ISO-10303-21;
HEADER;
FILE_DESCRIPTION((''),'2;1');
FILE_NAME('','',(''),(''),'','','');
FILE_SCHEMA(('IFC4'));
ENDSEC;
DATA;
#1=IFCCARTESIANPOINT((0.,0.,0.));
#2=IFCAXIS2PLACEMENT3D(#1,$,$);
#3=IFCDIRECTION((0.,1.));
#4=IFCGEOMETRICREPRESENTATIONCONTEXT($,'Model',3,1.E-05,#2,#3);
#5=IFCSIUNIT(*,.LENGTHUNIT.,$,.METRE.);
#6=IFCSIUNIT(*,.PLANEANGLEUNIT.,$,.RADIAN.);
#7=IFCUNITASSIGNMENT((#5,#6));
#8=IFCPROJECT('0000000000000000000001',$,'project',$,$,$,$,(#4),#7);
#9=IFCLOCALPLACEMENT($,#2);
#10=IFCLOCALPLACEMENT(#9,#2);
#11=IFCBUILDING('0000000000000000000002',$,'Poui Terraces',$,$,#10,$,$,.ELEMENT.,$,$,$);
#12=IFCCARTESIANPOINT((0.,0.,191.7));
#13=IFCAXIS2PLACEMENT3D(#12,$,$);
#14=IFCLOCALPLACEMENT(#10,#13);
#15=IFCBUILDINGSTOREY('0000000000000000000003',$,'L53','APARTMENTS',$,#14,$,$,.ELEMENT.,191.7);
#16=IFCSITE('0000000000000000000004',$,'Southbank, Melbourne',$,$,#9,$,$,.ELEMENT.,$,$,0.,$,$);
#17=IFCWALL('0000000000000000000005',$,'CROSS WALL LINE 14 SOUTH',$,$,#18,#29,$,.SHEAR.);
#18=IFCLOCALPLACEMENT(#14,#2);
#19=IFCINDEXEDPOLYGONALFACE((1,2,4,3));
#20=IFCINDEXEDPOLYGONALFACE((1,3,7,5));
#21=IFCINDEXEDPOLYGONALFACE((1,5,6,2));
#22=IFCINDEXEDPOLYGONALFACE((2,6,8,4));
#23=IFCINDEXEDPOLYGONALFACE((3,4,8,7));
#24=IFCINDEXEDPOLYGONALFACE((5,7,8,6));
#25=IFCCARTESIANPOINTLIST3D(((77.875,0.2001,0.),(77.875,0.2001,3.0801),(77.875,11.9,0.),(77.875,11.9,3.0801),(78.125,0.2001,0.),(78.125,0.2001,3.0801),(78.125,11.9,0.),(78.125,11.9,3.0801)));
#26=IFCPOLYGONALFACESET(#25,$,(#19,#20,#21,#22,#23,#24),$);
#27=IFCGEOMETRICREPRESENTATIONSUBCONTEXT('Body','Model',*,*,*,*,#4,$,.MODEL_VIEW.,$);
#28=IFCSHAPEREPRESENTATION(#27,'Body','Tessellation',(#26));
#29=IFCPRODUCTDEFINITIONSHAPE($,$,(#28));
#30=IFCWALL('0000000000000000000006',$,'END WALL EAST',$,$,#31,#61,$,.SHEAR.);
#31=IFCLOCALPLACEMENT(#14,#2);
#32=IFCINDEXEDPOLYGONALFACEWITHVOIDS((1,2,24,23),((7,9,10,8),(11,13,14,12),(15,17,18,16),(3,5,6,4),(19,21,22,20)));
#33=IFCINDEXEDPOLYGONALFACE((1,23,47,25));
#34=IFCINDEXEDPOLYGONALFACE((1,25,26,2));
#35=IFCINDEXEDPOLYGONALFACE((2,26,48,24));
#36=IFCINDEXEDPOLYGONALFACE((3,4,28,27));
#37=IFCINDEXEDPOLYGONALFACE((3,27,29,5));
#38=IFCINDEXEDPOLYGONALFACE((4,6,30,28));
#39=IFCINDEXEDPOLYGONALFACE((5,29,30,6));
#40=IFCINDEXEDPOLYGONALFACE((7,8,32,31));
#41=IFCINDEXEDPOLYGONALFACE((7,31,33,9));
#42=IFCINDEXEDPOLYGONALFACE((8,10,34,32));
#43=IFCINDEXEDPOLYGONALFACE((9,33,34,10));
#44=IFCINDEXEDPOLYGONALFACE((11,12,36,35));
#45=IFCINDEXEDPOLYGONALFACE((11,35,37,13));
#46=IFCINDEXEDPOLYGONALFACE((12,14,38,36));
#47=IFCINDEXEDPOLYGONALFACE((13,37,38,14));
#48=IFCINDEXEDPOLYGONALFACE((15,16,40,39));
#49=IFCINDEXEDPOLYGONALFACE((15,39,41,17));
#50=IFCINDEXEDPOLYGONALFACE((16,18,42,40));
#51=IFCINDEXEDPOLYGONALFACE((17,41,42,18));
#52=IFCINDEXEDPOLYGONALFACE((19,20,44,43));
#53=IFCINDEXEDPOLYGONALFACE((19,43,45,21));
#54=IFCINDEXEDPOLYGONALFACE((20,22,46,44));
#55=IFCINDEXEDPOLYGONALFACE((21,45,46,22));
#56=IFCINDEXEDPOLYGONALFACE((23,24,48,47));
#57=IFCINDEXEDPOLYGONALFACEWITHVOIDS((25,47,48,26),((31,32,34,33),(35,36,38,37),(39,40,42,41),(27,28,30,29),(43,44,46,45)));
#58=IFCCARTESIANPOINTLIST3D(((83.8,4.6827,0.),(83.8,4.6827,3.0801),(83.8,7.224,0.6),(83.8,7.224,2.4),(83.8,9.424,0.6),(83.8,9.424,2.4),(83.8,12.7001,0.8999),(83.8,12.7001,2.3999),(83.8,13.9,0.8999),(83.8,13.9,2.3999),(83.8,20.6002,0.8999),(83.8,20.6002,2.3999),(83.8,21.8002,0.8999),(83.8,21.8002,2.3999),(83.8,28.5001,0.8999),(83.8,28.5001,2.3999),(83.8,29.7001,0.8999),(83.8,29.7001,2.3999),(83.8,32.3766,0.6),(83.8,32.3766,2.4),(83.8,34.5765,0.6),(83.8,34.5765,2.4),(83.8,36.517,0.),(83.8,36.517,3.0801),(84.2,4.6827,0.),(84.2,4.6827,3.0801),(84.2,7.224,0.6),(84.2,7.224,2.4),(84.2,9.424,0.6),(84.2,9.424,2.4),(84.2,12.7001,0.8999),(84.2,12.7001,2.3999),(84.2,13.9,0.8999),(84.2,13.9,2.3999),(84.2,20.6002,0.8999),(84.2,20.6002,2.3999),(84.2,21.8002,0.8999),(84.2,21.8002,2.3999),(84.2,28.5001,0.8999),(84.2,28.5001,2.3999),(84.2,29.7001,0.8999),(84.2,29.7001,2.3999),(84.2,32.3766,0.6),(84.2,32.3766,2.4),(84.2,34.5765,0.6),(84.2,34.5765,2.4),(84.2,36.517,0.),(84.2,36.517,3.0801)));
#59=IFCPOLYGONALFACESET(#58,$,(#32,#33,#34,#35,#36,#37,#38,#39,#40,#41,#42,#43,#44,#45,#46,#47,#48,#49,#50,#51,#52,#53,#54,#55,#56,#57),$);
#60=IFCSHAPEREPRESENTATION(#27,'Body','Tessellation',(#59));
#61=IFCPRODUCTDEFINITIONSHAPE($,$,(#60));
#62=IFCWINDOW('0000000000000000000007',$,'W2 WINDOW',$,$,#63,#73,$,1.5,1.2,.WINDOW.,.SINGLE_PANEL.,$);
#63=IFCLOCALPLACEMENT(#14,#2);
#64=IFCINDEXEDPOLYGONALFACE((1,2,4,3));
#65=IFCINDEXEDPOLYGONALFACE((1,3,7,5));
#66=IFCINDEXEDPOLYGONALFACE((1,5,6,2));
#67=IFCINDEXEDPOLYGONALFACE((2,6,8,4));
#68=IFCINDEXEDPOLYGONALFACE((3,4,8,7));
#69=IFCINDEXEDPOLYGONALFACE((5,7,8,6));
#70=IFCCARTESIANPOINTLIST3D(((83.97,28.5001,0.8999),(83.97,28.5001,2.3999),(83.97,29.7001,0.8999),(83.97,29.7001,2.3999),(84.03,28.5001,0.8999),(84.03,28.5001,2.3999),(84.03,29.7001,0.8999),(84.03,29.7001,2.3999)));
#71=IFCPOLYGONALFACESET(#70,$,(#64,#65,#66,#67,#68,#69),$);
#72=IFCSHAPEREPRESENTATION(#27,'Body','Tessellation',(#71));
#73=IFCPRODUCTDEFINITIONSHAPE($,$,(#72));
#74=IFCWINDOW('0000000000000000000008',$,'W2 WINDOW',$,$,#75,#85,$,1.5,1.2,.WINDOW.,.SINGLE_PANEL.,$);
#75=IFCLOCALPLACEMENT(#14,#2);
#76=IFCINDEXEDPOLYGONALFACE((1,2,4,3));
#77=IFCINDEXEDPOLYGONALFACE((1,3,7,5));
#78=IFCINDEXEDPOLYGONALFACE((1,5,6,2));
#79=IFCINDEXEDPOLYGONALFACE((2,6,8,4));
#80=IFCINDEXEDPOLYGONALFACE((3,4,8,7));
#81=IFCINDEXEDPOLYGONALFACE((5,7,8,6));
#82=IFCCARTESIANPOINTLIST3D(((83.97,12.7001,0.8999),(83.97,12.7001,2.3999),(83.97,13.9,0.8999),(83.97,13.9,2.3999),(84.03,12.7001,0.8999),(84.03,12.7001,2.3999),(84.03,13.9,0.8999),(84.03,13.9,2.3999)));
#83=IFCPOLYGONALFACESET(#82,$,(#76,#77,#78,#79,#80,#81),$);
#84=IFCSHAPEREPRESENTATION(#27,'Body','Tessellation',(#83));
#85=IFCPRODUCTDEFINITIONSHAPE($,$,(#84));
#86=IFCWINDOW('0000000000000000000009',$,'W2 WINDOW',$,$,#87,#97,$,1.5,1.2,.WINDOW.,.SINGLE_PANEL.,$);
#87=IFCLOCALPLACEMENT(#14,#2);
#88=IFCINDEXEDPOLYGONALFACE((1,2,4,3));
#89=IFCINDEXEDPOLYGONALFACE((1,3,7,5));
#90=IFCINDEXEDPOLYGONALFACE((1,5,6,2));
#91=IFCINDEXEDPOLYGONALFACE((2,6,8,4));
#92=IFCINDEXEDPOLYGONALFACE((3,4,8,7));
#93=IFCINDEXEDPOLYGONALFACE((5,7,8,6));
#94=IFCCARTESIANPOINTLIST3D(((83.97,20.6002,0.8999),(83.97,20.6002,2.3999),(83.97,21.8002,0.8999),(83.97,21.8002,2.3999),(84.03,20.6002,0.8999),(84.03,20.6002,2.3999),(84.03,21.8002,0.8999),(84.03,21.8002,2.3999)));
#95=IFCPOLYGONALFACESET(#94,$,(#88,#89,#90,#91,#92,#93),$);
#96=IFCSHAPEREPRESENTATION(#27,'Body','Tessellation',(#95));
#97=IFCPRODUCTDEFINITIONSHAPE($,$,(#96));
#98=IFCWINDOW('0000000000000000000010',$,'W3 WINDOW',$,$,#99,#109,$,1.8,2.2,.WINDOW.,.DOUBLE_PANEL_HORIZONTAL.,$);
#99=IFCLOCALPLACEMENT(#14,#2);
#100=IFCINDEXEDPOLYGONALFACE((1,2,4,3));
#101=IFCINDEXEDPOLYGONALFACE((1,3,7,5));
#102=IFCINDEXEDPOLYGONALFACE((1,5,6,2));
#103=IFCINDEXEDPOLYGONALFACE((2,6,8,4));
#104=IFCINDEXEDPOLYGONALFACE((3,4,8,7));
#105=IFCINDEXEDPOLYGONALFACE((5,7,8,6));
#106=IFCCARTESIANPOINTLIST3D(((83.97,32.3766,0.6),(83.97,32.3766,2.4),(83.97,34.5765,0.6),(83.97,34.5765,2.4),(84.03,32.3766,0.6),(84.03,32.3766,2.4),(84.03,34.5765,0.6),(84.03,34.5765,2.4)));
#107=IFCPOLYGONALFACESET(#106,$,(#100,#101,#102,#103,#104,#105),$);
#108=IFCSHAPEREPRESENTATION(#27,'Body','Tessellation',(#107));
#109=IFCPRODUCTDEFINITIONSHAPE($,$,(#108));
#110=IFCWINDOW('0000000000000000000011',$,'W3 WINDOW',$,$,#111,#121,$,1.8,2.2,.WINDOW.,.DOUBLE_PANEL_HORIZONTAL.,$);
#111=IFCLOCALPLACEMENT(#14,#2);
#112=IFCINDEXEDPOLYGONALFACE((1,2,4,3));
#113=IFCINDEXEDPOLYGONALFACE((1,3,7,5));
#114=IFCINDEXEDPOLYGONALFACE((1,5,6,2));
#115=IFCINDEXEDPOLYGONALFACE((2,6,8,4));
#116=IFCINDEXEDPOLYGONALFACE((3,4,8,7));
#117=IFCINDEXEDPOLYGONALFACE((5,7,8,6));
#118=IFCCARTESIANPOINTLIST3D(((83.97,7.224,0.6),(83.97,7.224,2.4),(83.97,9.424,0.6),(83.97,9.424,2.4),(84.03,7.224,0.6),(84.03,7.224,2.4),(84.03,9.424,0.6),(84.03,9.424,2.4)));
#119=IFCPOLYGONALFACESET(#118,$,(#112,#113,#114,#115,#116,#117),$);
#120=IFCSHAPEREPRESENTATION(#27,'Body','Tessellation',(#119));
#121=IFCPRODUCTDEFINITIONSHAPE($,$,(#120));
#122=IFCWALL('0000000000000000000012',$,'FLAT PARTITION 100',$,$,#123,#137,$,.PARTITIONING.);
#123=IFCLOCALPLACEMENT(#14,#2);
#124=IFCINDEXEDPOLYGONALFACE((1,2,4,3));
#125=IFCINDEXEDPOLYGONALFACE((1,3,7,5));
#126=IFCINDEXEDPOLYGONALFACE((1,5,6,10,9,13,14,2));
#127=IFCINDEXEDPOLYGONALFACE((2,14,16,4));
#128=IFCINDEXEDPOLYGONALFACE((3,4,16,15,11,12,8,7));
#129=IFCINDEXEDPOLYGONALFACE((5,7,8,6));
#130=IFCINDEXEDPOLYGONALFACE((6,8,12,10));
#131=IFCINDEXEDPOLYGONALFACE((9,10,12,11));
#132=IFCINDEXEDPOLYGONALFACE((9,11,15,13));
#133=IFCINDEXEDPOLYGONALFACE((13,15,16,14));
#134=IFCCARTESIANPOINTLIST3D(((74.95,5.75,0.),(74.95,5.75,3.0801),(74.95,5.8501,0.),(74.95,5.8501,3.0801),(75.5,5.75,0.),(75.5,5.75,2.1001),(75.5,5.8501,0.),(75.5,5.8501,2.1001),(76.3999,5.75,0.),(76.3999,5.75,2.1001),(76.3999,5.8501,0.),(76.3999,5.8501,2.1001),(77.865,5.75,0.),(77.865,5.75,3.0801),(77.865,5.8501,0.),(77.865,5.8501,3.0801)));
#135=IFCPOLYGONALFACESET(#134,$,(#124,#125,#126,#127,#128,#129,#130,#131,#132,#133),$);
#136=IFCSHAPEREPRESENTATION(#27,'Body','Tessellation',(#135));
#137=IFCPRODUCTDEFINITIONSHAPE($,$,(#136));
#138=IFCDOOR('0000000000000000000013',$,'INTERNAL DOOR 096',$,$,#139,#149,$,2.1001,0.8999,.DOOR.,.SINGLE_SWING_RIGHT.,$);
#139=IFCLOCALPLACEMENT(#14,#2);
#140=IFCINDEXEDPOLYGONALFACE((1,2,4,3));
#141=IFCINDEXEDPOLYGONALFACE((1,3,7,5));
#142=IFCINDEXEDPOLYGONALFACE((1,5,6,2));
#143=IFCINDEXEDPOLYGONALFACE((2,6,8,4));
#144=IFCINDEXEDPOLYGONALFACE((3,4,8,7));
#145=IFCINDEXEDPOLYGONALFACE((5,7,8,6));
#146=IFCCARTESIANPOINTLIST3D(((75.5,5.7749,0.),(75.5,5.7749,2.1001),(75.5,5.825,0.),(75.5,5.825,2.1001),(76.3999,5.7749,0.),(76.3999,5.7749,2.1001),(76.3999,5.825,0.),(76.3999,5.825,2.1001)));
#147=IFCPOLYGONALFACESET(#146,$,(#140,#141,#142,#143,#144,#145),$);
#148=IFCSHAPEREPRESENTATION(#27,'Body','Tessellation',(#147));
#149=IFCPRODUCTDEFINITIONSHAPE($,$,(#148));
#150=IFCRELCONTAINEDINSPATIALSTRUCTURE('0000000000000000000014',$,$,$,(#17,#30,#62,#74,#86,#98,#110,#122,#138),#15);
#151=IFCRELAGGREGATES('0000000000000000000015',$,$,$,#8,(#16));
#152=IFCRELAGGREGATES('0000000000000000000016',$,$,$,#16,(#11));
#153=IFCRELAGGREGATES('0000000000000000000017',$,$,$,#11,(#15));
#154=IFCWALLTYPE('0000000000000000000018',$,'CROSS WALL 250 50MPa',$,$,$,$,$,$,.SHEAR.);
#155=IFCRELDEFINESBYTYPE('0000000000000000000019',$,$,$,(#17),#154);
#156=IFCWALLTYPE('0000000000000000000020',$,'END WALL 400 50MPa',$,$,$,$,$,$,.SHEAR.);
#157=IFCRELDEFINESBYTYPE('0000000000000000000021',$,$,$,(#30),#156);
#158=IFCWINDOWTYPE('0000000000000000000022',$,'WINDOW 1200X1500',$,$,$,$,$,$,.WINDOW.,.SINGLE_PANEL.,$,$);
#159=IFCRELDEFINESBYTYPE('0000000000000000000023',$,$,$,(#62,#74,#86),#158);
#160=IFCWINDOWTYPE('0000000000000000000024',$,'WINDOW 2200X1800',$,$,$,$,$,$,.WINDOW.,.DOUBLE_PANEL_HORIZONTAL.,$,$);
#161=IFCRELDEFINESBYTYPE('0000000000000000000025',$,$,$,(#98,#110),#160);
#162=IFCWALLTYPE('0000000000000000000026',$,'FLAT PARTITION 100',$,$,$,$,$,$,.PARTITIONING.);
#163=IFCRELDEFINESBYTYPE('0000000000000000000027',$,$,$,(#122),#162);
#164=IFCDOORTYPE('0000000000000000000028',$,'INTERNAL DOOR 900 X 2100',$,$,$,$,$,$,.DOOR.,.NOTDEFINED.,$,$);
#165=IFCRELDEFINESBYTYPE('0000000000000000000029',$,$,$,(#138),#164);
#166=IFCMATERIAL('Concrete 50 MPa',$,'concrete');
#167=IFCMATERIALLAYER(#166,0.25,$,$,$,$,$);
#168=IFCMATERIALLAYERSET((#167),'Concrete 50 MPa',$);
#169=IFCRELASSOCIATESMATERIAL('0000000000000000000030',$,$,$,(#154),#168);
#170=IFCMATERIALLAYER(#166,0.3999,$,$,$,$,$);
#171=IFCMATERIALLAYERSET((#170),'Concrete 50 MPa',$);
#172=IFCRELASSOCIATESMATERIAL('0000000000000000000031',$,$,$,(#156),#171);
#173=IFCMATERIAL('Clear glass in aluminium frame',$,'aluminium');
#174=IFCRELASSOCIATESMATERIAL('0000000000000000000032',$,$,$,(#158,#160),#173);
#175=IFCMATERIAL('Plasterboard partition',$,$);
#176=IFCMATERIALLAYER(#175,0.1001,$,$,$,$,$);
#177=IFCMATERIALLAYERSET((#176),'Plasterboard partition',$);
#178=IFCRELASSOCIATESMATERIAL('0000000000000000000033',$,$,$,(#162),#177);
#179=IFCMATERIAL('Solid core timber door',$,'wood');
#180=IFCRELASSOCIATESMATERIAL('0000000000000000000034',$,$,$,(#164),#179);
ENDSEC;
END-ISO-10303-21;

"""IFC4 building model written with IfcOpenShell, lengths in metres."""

from ifc_helpers import new_model, si_unit, direction, frame, frame_2d, origin, place, context, subcontext, project, spatial, rectangle, extrude, material, layer, layer_set, type_object, element, fill, save


model = new_model("IFC4")

# Units and contexts
model_context = context("Model", 3, precision=1e-05, world=origin(), true_north=direction((0.0, 1.0)))
body_context = subcontext(model_context, "Body", "Model", "MODEL_VIEW")
ifc_project = project(units=[si_unit("LENGTHUNIT", "METRE"), si_unit("PLANEANGLEUNIT", "RADIAN")], contexts=[model_context])

# Site, building, storey
site_placement = place(None, origin())
site = spatial("IfcSite", under=ifc_project, at=site_placement, Name="Southbank, Melbourne", CompositionType="ELEMENT", RefElevation=0.0)
building_placement = place(site_placement, origin())
building = spatial("IfcBuilding", under=site, at=building_placement, Name="Poui Terraces", CompositionType="ELEMENT")
storey_placement = place(building_placement, frame((0.0, 0.0, 191.7)))
storey = spatial("IfcBuildingStorey", under=building, at=storey_placement, Name="L53", Description="APARTMENTS", CompositionType="ELEMENT", Elevation=191.7)

# Wall
ifc_material_1 = material(Name="Concrete 50 MPa", Category="concrete")
ifc_layer_1 = layer(ifc_material_1, 0.25)
ifc_layer_set_1 = layer_set([ifc_layer_1], Name="Concrete 50 MPa")
wall_type_1 = type_object("IfcWallType", Name="CROSS WALL 250 50MPa", PredefinedType="SHEAR", material=ifc_layer_set_1)
wall_1_placement = place(storey_placement, frame((78.0, 0.2, 0.0), z_axis=(0.0, 0.0, 1.0), x_axis=(0.0, 1.0, 0.0)))
element("IfcWall", 1, at=wall_1_placement, inside=storey, type_object=wall_type_1, Name="CROSS WALL LINE 14 SOUTH", PredefinedType="SHEAR", context=body_context, shape_type="SweptSolid", body=[
    extrude(rectangle(XDim=11.7, YDim=0.25, at=frame_2d((5.8501, 0.0))), origin(), (0.0, 0.0, 1.0), 3.0801),
])

# Wall, openings, windows
ifc_layer_2 = layer(ifc_material_1, 0.3999)
ifc_layer_set_2 = layer_set([ifc_layer_2], Name="Concrete 50 MPa")
wall_type_2 = type_object("IfcWallType", Name="END WALL 400 50MPa", PredefinedType="SHEAR", material=ifc_layer_set_2)
wall_2_placement = place(storey_placement, frame((84.0, 4.6829, 0.0), z_axis=(0.0, 0.0, 1.0), x_axis=(0.0, 1.0, 0.0)))
wall_2 = element("IfcWall", 2, at=wall_2_placement, inside=storey, type_object=wall_type_2, Name="END WALL EAST", PredefinedType="SHEAR", context=body_context, shape_type="SweptSolid", body=[
    extrude(rectangle(XDim=31.8342, YDim=0.3999, at=frame_2d((15.917, 0.0))), origin(), (0.0, 0.0, 1.0), 3.0801),
])
opening_1_placement = place(wall_2_placement, frame((23.8171, 0.0, 0.8999)))
opening_1 = element("IfcOpeningElement", 3, at=opening_1_placement, cuts=wall_2, PredefinedType="OPENING", context=body_context, shape_type="SweptSolid", body=[
    extrude(rectangle(XDim=1.2, YDim=1.5, at=frame_2d((0.6001, 0.75))), frame((0.0, 0.21, 0.0), z_axis=(0.0, -1.0, 0.0), x_axis=(1.0, 0.0, 0.0)), (0.0, 0.0, 1.0), 0.4199),
])
opening_2_placement = place(wall_2_placement, frame((8.0171, 0.0, 0.8999)))
opening_2 = element("IfcOpeningElement", 4, at=opening_2_placement, cuts=wall_2, PredefinedType="OPENING", context=body_context, shape_type="SweptSolid", body=[
    extrude(rectangle(XDim=1.2, YDim=1.5, at=frame_2d((0.6001, 0.75))), frame((0.0, 0.21, 0.0), z_axis=(0.0, -1.0, 0.0), x_axis=(1.0, 0.0, 0.0)), (0.0, 0.0, 1.0), 0.4199),
])
opening_3_placement = place(wall_2_placement, frame((27.6936, 0.0, 0.6001)))
opening_3 = element("IfcOpeningElement", 5, at=opening_3_placement, cuts=wall_2, PredefinedType="OPENING", context=body_context, shape_type="SweptSolid", body=[
    extrude(rectangle(XDim=2.2, YDim=1.8, at=frame_2d((1.1001, 0.8999))), frame((0.0, 0.21, 0.0), z_axis=(0.0, -1.0, 0.0), x_axis=(1.0, 0.0, 0.0)), (0.0, 0.0, 1.0), 0.4199),
])
opening_4_placement = place(wall_2_placement, frame((2.541, 0.0, 0.6001)))
opening_4 = element("IfcOpeningElement", 6, at=opening_4_placement, cuts=wall_2, PredefinedType="OPENING", context=body_context, shape_type="SweptSolid", body=[
    extrude(rectangle(XDim=2.2, YDim=1.8, at=frame_2d((1.1001, 0.8999))), frame((0.0, 0.21, 0.0), z_axis=(0.0, -1.0, 0.0), x_axis=(1.0, 0.0, 0.0)), (0.0, 0.0, 1.0), 0.4199),
])
opening_5_placement = place(wall_2_placement, frame((15.9172, 0.0, 0.8999)))
opening_5 = element("IfcOpeningElement", 7, at=opening_5_placement, cuts=wall_2, PredefinedType="OPENING", context=body_context, shape_type="SweptSolid", body=[
    extrude(rectangle(XDim=1.2, YDim=1.5, at=frame_2d((0.6001, 0.75))), frame((0.0, 0.21, 0.0), z_axis=(0.0, -1.0, 0.0), x_axis=(1.0, 0.0, 0.0)), (0.0, 0.0, 1.0), 0.4199),
])
ifc_material_2 = material(Name="Clear glass in aluminium frame", Category="aluminium")
window_type_1 = type_object("IfcWindowType", Name="WINDOW 1200X1500", PartitioningType="SINGLE_PANEL", PredefinedType="WINDOW", material=ifc_material_2)
window_1_placement = place(opening_1_placement, origin())
window_1 = element("IfcWindow", 8, at=window_1_placement, inside=storey, type_object=window_type_1, Name="W2 WINDOW", OverallHeight=1.5, OverallWidth=1.2, PartitioningType="SINGLE_PANEL", PredefinedType="WINDOW", context=body_context, shape_type="SweptSolid", body=[
    extrude(rectangle(XDim=1.2, YDim=1.5, at=frame_2d((0.6001, 0.75))), frame((0.0, 0.03, 0.0), z_axis=(0.0, -1.0, 0.0), x_axis=(1.0, 0.0, 0.0)), (0.0, 0.0, 1.0), 0.0601),
])
fill(opening_1, window_1)
window_2_placement = place(opening_2_placement, origin())
window_2 = element("IfcWindow", 9, at=window_2_placement, inside=storey, type_object=window_type_1, Name="W2 WINDOW", OverallHeight=1.5, OverallWidth=1.2, PartitioningType="SINGLE_PANEL", PredefinedType="WINDOW", context=body_context, shape_type="SweptSolid", body=[
    extrude(rectangle(XDim=1.2, YDim=1.5, at=frame_2d((0.6001, 0.75))), frame((0.0, 0.03, 0.0), z_axis=(0.0, -1.0, 0.0), x_axis=(1.0, 0.0, 0.0)), (0.0, 0.0, 1.0), 0.0601),
])
fill(opening_2, window_2)
window_3_placement = place(opening_5_placement, origin())
window_3 = element("IfcWindow", 10, at=window_3_placement, inside=storey, type_object=window_type_1, Name="W2 WINDOW", OverallHeight=1.5, OverallWidth=1.2, PartitioningType="SINGLE_PANEL", PredefinedType="WINDOW", context=body_context, shape_type="SweptSolid", body=[
    extrude(rectangle(XDim=1.2, YDim=1.5, at=frame_2d((0.6001, 0.75))), frame((0.0, 0.03, 0.0), z_axis=(0.0, -1.0, 0.0), x_axis=(1.0, 0.0, 0.0)), (0.0, 0.0, 1.0), 0.0601),
])
fill(opening_5, window_3)
window_type_2 = type_object("IfcWindowType", Name="WINDOW 2200X1800", PartitioningType="DOUBLE_PANEL_HORIZONTAL", PredefinedType="WINDOW", material=ifc_material_2)
window_4_placement = place(opening_3_placement, origin())
window_4 = element("IfcWindow", 11, at=window_4_placement, inside=storey, type_object=window_type_2, Name="W3 WINDOW", OverallHeight=1.8, OverallWidth=2.2, PartitioningType="DOUBLE_PANEL_HORIZONTAL", PredefinedType="WINDOW", context=body_context, shape_type="SweptSolid", body=[
    extrude(rectangle(XDim=2.2, YDim=1.8, at=frame_2d((1.1001, 0.8999))), frame((0.0, 0.03, 0.0), z_axis=(0.0, -1.0, 0.0), x_axis=(1.0, 0.0, 0.0)), (0.0, 0.0, 1.0), 0.0601),
])
fill(opening_3, window_4)
window_5_placement = place(opening_4_placement, origin())
window_5 = element("IfcWindow", 12, at=window_5_placement, inside=storey, type_object=window_type_2, Name="W3 WINDOW", OverallHeight=1.8, OverallWidth=2.2, PartitioningType="DOUBLE_PANEL_HORIZONTAL", PredefinedType="WINDOW", context=body_context, shape_type="SweptSolid", body=[
    extrude(rectangle(XDim=2.2, YDim=1.8, at=frame_2d((1.1001, 0.8999))), frame((0.0, 0.03, 0.0), z_axis=(0.0, -1.0, 0.0), x_axis=(1.0, 0.0, 0.0)), (0.0, 0.0, 1.0), 0.0601),
])
fill(opening_4, window_5)

# Wall, opening, door
ifc_material_3 = material(Name="Plasterboard partition")
ifc_layer_3 = layer(ifc_material_3, 0.1001)
ifc_layer_set_3 = layer_set([ifc_layer_3], Name="Plasterboard partition")
wall_type_3 = type_object("IfcWallType", Name="FLAT PARTITION 100", PredefinedType="PARTITIONING", material=ifc_layer_set_3)
wall_3_placement = place(storey_placement, frame((74.95, 5.8, 0.0), z_axis=(0.0, 0.0, 1.0), x_axis=(1.0, 0.0, 0.0)))
wall_3 = element("IfcWall", 13, at=wall_3_placement, inside=storey, type_object=wall_type_3, Name="FLAT PARTITION 100", PredefinedType="PARTITIONING", context=body_context, shape_type="SweptSolid", body=[
    extrude(rectangle(XDim=2.915, YDim=0.1001, at=frame_2d((1.4575, 0.0))), origin(), (0.0, 0.0, 1.0), 3.0801),
])
opening_6_placement = place(wall_3_placement, frame((0.55, 0.0, 0.0)))
opening_6 = element("IfcOpeningElement", 14, at=opening_6_placement, cuts=wall_3, PredefinedType="OPENING", context=body_context, shape_type="SweptSolid", body=[
    extrude(rectangle(XDim=0.8999, YDim=2.1001, at=frame_2d((0.45, 1.05))), frame((0.0, 0.0601, 0.0), z_axis=(0.0, -1.0, 0.0), x_axis=(1.0, 0.0, 0.0)), (0.0, 0.0, 1.0), 0.1201),
])
ifc_material_4 = material(Name="Solid core timber door", Category="wood")
door_type_1 = type_object("IfcDoorType", Name="INTERNAL DOOR 900 X 2100", OperationType="NOTDEFINED", PredefinedType="DOOR", material=ifc_material_4)
door_1_placement = place(opening_6_placement, origin())
door_1 = element("IfcDoor", 15, at=door_1_placement, inside=storey, type_object=door_type_1, Name="INTERNAL DOOR 096", OperationType="SINGLE_SWING_RIGHT", OverallHeight=2.1001, OverallWidth=0.8999, PredefinedType="DOOR", context=body_context, shape_type="SweptSolid", body=[
    extrude(rectangle(XDim=0.8999, YDim=2.1001, at=frame_2d((0.45, 1.05))), frame((0.0, 0.0249, 0.0), z_axis=(0.0, -1.0, 0.0), x_axis=(1.0, 0.0, 0.0)), (0.0, 0.0, 1.0), 0.05),
])
fill(opening_6, door_1)

save(model, "model.ifc")
